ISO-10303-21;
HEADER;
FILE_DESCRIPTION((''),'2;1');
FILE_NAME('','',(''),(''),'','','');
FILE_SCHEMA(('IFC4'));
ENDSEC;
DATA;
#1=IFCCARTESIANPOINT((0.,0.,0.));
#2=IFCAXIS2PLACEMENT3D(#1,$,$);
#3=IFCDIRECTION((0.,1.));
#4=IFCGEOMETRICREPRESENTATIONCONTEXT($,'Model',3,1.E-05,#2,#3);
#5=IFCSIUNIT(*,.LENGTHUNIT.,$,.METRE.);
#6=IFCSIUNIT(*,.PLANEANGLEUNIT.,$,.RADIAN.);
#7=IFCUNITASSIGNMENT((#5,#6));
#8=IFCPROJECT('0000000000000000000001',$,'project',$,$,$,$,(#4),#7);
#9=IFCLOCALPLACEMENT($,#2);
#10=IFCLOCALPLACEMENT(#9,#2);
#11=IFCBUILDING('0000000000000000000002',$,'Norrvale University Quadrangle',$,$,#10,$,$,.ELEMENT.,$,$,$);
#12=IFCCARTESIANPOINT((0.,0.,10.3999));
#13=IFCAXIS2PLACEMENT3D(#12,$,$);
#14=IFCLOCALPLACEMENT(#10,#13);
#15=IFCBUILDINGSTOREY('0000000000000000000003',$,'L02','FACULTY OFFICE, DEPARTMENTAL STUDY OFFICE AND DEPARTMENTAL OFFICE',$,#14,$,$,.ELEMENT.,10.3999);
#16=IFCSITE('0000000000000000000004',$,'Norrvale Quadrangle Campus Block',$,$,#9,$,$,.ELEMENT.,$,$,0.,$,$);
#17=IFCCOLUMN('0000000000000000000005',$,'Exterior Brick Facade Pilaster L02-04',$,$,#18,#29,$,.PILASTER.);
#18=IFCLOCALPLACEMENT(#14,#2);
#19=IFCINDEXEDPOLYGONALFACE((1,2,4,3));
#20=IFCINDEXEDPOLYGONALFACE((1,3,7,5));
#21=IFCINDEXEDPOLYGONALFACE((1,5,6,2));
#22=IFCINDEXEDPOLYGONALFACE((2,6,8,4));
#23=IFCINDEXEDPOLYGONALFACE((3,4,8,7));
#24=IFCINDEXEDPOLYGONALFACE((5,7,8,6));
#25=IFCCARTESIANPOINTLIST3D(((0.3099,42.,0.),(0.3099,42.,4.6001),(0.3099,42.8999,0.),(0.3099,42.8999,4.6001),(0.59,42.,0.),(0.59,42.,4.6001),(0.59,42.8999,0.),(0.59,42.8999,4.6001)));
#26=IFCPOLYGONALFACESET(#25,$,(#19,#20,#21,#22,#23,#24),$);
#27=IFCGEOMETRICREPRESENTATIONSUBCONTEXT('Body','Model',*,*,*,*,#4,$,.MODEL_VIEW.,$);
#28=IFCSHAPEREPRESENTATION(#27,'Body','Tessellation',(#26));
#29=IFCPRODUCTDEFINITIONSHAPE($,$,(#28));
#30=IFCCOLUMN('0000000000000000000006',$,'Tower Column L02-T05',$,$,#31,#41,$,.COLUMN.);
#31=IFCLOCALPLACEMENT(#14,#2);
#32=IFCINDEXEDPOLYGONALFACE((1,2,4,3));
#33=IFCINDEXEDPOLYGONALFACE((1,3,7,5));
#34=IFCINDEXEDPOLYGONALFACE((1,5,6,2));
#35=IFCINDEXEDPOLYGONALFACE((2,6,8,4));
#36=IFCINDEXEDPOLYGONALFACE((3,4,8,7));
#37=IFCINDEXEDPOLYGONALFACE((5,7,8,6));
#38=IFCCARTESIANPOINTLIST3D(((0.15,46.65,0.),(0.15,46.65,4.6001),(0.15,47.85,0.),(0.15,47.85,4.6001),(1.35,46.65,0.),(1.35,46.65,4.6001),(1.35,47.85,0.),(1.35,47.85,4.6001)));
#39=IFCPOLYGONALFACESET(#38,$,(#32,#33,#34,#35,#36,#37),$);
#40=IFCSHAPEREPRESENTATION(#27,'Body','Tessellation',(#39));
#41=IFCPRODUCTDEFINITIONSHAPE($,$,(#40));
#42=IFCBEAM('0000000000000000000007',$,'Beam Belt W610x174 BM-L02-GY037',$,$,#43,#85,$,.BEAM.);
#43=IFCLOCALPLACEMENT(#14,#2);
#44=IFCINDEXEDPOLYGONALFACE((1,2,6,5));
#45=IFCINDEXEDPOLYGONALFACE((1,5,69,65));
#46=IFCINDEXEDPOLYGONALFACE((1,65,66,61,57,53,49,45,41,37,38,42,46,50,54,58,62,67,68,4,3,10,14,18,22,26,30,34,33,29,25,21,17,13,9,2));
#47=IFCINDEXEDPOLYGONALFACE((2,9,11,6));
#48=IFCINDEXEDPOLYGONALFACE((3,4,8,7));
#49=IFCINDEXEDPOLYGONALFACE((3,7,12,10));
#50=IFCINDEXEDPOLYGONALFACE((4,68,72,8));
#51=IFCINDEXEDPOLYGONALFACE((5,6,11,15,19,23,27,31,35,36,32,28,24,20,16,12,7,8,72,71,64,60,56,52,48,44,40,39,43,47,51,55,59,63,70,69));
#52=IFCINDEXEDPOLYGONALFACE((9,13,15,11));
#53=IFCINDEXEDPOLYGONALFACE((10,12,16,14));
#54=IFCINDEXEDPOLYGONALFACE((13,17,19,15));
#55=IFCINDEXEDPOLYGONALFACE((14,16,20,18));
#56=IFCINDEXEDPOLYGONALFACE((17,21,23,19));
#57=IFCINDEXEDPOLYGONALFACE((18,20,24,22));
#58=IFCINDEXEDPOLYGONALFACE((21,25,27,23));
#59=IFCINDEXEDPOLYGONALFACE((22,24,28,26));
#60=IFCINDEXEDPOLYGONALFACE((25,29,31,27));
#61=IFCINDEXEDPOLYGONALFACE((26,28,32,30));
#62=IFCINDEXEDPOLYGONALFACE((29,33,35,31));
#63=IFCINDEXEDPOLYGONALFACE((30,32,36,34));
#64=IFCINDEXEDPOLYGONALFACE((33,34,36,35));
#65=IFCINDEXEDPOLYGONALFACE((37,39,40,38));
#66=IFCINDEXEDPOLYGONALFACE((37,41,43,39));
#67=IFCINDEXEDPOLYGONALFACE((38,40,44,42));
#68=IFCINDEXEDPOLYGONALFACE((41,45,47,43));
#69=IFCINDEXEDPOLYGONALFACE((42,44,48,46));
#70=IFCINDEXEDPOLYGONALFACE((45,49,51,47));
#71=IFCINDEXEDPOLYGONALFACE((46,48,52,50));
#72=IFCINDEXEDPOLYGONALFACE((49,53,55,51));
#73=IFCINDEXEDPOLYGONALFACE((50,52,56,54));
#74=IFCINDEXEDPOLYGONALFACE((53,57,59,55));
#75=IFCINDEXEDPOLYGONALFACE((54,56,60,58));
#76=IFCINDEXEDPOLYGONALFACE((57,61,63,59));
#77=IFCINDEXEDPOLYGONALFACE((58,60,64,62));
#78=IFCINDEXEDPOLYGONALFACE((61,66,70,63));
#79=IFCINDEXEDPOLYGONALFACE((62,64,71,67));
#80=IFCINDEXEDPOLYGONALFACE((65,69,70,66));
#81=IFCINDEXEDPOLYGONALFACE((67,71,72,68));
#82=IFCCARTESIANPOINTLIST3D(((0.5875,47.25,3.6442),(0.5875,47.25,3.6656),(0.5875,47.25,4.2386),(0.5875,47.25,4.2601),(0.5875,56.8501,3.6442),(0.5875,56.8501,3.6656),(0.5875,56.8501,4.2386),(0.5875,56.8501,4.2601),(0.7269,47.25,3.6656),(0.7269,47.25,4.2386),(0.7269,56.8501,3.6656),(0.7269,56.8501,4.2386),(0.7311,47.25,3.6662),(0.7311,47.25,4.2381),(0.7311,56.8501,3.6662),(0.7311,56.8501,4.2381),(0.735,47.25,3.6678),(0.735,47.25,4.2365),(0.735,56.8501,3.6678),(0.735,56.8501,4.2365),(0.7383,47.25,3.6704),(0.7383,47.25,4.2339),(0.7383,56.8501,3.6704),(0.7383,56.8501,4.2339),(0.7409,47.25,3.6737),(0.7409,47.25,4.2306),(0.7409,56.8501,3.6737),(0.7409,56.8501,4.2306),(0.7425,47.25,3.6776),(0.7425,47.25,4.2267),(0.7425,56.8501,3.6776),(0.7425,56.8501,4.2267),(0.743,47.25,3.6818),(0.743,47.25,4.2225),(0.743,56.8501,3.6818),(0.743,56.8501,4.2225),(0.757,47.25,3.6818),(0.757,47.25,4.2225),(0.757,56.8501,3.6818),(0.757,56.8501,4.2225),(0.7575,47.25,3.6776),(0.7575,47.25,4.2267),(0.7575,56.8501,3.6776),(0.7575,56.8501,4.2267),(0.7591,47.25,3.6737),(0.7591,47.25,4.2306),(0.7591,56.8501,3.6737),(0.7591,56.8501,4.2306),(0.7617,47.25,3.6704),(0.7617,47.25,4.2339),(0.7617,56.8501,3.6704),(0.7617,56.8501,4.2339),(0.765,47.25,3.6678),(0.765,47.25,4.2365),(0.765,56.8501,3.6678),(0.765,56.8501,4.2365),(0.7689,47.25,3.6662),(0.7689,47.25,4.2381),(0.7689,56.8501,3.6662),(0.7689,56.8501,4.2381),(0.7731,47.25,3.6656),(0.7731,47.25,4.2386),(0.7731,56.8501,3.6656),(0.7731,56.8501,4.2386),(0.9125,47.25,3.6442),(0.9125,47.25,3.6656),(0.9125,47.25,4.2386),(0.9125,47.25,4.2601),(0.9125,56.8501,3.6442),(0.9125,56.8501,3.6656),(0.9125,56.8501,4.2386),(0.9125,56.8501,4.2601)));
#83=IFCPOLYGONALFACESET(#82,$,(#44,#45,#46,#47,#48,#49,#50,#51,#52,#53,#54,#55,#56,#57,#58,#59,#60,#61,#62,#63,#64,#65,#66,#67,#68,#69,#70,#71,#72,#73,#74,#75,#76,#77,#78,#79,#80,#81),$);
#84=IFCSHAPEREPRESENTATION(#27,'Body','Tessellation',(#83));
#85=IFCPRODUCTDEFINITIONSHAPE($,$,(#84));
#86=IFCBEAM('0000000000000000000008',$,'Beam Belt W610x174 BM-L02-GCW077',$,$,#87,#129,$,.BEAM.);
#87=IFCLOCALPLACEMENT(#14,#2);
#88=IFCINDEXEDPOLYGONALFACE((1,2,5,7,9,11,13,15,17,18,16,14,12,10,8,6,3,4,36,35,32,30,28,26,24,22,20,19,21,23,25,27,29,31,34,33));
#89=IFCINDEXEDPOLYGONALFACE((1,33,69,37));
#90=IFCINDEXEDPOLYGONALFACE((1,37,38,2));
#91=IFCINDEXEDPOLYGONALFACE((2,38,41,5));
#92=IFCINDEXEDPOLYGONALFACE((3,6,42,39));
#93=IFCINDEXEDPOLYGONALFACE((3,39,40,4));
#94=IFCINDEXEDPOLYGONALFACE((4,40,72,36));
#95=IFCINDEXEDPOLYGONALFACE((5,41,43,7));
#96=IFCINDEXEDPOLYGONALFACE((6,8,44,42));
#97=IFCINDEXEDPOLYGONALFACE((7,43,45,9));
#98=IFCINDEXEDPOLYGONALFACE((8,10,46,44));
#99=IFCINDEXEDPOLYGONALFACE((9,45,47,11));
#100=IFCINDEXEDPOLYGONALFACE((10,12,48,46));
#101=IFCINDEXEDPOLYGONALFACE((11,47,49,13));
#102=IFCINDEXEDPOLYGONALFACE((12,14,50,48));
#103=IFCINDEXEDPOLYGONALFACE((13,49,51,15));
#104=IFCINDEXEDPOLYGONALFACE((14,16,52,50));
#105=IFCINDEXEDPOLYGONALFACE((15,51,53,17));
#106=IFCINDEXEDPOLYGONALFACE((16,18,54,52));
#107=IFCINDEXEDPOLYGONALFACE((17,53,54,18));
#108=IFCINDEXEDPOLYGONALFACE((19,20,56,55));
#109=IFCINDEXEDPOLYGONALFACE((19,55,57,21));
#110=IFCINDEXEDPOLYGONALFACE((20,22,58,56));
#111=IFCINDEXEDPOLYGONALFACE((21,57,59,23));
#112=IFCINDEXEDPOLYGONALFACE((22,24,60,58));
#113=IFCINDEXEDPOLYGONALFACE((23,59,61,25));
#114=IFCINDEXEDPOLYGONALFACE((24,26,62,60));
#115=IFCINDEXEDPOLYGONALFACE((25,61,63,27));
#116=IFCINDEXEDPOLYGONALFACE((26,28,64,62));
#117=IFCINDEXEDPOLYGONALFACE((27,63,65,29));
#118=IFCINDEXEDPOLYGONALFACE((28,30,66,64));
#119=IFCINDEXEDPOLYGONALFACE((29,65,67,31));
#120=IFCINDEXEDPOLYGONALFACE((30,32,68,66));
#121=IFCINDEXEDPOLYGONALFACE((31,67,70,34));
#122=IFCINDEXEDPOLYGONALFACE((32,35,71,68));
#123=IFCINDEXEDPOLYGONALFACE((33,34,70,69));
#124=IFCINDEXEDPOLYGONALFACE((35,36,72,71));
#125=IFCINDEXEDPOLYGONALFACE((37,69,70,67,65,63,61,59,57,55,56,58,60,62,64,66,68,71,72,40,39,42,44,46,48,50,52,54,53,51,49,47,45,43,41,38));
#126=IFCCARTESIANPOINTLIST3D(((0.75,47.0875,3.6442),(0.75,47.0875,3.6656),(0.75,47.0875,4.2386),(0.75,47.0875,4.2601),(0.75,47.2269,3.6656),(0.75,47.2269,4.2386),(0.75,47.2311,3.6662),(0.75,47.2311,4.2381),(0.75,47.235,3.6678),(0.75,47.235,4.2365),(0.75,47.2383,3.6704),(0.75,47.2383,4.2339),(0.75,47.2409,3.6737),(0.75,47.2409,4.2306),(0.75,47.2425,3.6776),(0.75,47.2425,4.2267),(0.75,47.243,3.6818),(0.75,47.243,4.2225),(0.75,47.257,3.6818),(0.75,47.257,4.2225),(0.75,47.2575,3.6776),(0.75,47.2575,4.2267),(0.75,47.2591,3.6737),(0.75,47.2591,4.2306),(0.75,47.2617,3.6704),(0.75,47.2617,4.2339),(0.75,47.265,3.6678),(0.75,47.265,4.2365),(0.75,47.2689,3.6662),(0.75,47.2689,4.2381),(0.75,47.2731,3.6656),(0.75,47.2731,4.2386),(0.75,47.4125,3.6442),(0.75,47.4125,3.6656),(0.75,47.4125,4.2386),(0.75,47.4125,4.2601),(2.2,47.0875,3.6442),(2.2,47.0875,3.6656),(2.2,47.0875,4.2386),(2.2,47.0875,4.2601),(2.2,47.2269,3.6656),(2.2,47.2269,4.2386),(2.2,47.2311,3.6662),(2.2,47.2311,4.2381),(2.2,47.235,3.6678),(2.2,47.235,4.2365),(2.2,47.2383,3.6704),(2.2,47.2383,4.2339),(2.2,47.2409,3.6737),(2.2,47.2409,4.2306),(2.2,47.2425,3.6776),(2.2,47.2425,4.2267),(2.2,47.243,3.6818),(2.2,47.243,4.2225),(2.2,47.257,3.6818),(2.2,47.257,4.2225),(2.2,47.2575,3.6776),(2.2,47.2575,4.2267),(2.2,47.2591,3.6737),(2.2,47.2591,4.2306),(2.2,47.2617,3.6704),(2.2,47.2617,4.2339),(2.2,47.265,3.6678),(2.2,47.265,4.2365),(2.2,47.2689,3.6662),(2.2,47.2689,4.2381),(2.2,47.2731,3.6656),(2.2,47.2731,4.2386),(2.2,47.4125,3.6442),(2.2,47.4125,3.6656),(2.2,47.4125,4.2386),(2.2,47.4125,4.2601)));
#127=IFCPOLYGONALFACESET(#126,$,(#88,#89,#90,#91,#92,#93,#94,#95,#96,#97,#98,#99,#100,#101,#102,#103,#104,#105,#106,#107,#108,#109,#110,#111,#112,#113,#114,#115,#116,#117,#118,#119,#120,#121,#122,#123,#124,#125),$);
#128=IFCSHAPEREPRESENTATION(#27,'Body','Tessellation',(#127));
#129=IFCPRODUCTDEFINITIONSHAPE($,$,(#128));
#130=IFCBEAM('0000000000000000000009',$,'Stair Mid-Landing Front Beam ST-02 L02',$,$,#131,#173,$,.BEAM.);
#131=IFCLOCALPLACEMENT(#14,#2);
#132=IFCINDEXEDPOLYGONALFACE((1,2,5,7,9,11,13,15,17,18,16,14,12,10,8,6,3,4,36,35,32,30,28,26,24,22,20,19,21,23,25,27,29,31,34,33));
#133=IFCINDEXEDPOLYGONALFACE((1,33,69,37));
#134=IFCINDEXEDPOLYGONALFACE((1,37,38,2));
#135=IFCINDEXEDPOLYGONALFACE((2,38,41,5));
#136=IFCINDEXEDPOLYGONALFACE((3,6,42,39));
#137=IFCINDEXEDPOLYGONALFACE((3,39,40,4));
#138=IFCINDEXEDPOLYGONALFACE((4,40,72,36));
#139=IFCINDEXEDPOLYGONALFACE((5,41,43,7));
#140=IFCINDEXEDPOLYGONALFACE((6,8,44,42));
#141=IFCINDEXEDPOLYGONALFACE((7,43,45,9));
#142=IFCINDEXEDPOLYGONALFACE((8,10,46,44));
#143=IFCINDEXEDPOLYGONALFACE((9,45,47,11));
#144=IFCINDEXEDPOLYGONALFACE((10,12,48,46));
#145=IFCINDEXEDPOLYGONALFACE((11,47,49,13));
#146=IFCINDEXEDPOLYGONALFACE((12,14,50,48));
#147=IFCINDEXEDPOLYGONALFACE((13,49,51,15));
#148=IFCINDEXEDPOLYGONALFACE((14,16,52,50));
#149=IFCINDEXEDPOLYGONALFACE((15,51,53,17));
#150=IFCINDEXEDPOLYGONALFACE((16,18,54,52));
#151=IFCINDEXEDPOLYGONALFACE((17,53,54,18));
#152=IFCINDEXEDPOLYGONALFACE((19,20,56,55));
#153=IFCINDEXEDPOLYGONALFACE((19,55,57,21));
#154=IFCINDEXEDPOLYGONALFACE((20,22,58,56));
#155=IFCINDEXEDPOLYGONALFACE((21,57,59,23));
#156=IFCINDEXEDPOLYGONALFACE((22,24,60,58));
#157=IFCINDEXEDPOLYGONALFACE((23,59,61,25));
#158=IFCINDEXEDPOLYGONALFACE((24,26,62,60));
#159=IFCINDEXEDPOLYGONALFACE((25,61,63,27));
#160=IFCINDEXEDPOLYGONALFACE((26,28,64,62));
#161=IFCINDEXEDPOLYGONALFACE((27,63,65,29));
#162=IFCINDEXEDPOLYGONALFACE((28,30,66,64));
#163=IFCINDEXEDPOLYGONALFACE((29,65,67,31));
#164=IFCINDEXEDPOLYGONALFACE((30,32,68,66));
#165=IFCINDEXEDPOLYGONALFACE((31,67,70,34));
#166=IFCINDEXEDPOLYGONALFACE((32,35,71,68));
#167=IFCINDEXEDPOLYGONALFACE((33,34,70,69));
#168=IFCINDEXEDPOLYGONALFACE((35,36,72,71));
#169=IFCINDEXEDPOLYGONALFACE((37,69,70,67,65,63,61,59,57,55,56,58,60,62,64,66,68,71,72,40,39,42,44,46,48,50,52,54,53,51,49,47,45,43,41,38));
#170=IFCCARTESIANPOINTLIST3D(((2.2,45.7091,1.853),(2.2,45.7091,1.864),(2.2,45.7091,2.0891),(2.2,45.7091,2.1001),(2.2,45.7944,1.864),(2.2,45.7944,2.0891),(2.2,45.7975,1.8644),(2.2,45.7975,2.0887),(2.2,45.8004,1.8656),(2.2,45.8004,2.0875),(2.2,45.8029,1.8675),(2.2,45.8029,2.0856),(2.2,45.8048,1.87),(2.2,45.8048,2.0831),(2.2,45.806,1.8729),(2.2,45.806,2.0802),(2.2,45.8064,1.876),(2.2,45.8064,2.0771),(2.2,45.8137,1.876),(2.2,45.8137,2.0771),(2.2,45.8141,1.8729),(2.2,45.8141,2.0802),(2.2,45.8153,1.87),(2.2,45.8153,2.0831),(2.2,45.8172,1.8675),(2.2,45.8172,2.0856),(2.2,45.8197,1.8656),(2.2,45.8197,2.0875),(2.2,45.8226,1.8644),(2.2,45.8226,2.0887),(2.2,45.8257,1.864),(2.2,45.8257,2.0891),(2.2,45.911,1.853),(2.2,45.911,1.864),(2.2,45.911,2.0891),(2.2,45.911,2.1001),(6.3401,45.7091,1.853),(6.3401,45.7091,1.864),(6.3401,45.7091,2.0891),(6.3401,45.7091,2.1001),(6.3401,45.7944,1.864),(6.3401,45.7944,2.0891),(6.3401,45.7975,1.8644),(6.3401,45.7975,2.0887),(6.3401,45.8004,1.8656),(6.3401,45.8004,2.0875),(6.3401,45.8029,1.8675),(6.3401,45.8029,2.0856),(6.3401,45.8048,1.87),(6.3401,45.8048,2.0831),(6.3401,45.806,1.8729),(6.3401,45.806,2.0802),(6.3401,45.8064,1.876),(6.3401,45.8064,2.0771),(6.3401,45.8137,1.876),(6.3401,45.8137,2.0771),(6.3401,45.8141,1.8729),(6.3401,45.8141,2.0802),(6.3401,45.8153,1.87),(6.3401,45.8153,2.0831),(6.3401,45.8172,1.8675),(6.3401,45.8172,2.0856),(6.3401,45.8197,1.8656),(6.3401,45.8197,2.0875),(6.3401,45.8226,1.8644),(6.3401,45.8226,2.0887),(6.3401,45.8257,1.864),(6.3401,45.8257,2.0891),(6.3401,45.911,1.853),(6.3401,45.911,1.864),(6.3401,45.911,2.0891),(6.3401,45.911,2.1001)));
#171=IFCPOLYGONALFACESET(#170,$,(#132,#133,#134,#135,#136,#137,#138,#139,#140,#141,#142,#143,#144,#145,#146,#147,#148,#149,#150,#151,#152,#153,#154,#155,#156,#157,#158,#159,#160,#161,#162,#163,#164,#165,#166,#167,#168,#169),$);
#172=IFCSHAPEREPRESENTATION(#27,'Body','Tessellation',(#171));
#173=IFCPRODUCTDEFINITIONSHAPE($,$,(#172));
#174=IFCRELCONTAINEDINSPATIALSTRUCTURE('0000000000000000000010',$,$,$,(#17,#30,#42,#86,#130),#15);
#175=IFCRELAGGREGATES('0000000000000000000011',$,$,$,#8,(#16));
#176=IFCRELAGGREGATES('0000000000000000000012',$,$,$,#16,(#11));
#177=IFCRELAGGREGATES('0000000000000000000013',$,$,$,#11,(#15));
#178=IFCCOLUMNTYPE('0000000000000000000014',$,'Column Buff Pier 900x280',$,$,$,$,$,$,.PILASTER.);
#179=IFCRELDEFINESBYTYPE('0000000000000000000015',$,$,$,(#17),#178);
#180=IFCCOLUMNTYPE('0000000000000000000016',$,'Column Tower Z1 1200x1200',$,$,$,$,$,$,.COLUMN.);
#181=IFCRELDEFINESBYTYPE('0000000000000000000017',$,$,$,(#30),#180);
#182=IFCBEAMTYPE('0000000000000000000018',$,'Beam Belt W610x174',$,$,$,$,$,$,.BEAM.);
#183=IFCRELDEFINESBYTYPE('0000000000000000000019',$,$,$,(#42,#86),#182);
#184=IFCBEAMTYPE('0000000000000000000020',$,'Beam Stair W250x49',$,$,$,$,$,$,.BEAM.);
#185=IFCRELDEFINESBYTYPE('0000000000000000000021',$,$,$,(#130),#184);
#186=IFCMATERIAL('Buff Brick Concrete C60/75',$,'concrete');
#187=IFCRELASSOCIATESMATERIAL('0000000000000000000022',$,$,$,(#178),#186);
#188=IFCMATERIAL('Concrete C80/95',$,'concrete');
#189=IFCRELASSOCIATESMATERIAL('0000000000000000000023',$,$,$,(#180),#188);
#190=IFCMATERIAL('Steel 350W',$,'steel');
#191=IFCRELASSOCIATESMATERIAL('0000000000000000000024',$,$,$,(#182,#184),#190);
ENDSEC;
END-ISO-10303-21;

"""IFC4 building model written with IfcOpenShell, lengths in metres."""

from ifc_helpers import new_model, si_unit, direction, frame, origin, origin_2d, place, context, subcontext, project, spatial, rectangle, i_section, extrude, material, material_profile, profile_set, type_object, element, save


model = new_model("IFC4")

# Units and contexts
model_context = context("Model", 3, precision=1e-05, world=origin(), true_north=direction((0.0, 1.0)))
body_context = subcontext(model_context, "Body", "Model", "MODEL_VIEW")
ifc_project = project(units=[si_unit("LENGTHUNIT", "METRE"), si_unit("PLANEANGLEUNIT", "RADIAN")], contexts=[model_context])

# Site, building, storey
site_placement = place(None, origin())
site = spatial("IfcSite", under=ifc_project, at=site_placement, Name="Norrvale Quadrangle Campus Block", CompositionType="ELEMENT", RefElevation=0.0)
building_placement = place(site_placement, origin())
building = spatial("IfcBuilding", under=site, at=building_placement, Name="Norrvale University Quadrangle", CompositionType="ELEMENT")
storey_placement = place(building_placement, frame((0.0, 0.0, 10.3999)))
storey = spatial("IfcBuildingStorey", under=building, at=storey_placement, Name="L02", Description="FACULTY OFFICE, DEPARTMENTAL STUDY OFFICE AND DEPARTMENTAL OFFICE", CompositionType="ELEMENT", Elevation=10.3999)

# Columns
ifc_material_1 = material(Name="Buff Brick Concrete C60/75", Category="concrete")
ifc_material_profile_1 = material_profile(ifc_material_1, rectangle(XDim=0.8999, YDim=0.28, at=origin_2d()), Name="Buff Brick Concrete C60/75")
ifc_profile_set_1 = profile_set([ifc_material_profile_1], Name="Buff Brick Concrete C60/75")
column_type_1 = type_object("IfcColumnType", Name="Column Buff Pier 900x280", PredefinedType="PILASTER", material=ifc_profile_set_1)
column_1_placement = place(storey_placement, frame((0.45, 42.45, 0.0), z_axis=(0.0, 0.0, 1.0), x_axis=(0.0, 1.0, 0.0)))
element("IfcColumn", 1, at=column_1_placement, inside=storey, type_object=column_type_1, Name="Exterior Brick Facade Pilaster L02-04", PredefinedType="PILASTER", context=body_context, shape_type="SweptSolid", body=[
    extrude(rectangle(XDim=0.8999, YDim=0.28, at=origin_2d()), origin(), (0.0, 0.0, 1.0), 4.6001),
])
ifc_material_2 = material(Name="Concrete C80/95", Category="concrete")
ifc_material_profile_2 = material_profile(ifc_material_2, rectangle(XDim=1.2, YDim=1.2, at=origin_2d()), Name="Concrete C80/95")
ifc_profile_set_2 = profile_set([ifc_material_profile_2], Name="Concrete C80/95")
column_type_2 = type_object("IfcColumnType", Name="Column Tower Z1 1200x1200", PredefinedType="COLUMN", material=ifc_profile_set_2)
column_2_placement = place(storey_placement, frame((0.75, 47.25, 0.0), z_axis=(0.0, 0.0, 1.0), x_axis=(1.0, 0.0, 0.0)))
element("IfcColumn", 2, at=column_2_placement, inside=storey, type_object=column_type_2, Name="Tower Column L02-T05", PredefinedType="COLUMN", context=body_context, shape_type="SweptSolid", body=[
    extrude(rectangle(XDim=1.2, YDim=1.2, at=origin_2d()), origin(), (0.0, 0.0, 1.0), 4.6001),
])

# Beams
ifc_material_3 = material(Name="Steel 350W", Category="steel")
ifc_material_profile_3 = material_profile(ifc_material_3, i_section(OverallWidth=0.325, OverallDepth=0.616, WebThickness=0.0139, FlangeThickness=0.0215, FilletRadius=0.0161, at=origin_2d()), Name="Steel 350W")
ifc_profile_set_3 = profile_set([ifc_material_profile_3], Name="Steel 350W")
beam_type_1 = type_object("IfcBeamType", Name="Beam Belt W610x174", PredefinedType="BEAM", material=ifc_profile_set_3)
beam_1_placement = place(storey_placement, frame((0.75, 47.25, 3.9521), z_axis=(0.0, 1.0, 0.0), x_axis=(-1.0, 0.0, 0.0)))
element("IfcBeam", 3, at=beam_1_placement, inside=storey, type_object=beam_type_1, Name="Beam Belt W610x174 BM-L02-GY037", PredefinedType="BEAM", context=body_context, shape_type="SweptSolid", body=[
    extrude(i_section(OverallWidth=0.325, OverallDepth=0.616, WebThickness=0.0139, FlangeThickness=0.0215, FilletRadius=0.0161, at=origin_2d()), origin(), (0.0, 0.0, 1.0), 9.6001),
])
beam_2_placement = place(storey_placement, frame((0.75, 47.25, 3.9521), z_axis=(1.0, 0.0, 0.0), x_axis=(0.0, 1.0, 0.0)))
element("IfcBeam", 4, at=beam_2_placement, inside=storey, type_object=beam_type_1, Name="Beam Belt W610x174 BM-L02-GCW077", PredefinedType="BEAM", context=body_context, shape_type="SweptSolid", body=[
    extrude(i_section(OverallWidth=0.325, OverallDepth=0.616, WebThickness=0.0139, FlangeThickness=0.0215, FilletRadius=0.0161, at=origin_2d()), origin(), (0.0, 0.0, 1.0), 1.45),
])
ifc_material_profile_4 = material_profile(ifc_material_3, i_section(OverallWidth=0.2019, OverallDepth=0.2471, WebThickness=0.0073, FlangeThickness=0.011, FilletRadius=0.012, at=origin_2d()), Name="Steel 350W")
ifc_profile_set_4 = profile_set([ifc_material_profile_4], Name="Steel 350W")
beam_type_2 = type_object("IfcBeamType", Name="Beam Stair W250x49", PredefinedType="BEAM", material=ifc_profile_set_4)
beam_3_placement = place(storey_placement, frame((2.2, 45.8101, 1.9766), z_axis=(1.0, 0.0, 0.0), x_axis=(0.0, 1.0, 0.0)))
element("IfcBeam", 5, at=beam_3_placement, inside=storey, type_object=beam_type_2, Name="Stair Mid-Landing Front Beam ST-02 L02", PredefinedType="BEAM", context=body_context, shape_type="SweptSolid", body=[
    extrude(i_section(OverallWidth=0.2019, OverallDepth=0.2471, WebThickness=0.0073, FlangeThickness=0.011, FilletRadius=0.012, at=origin_2d()), origin(), (0.0, 0.0, 1.0), 4.1401),
])

save(model, "model.ifc")
